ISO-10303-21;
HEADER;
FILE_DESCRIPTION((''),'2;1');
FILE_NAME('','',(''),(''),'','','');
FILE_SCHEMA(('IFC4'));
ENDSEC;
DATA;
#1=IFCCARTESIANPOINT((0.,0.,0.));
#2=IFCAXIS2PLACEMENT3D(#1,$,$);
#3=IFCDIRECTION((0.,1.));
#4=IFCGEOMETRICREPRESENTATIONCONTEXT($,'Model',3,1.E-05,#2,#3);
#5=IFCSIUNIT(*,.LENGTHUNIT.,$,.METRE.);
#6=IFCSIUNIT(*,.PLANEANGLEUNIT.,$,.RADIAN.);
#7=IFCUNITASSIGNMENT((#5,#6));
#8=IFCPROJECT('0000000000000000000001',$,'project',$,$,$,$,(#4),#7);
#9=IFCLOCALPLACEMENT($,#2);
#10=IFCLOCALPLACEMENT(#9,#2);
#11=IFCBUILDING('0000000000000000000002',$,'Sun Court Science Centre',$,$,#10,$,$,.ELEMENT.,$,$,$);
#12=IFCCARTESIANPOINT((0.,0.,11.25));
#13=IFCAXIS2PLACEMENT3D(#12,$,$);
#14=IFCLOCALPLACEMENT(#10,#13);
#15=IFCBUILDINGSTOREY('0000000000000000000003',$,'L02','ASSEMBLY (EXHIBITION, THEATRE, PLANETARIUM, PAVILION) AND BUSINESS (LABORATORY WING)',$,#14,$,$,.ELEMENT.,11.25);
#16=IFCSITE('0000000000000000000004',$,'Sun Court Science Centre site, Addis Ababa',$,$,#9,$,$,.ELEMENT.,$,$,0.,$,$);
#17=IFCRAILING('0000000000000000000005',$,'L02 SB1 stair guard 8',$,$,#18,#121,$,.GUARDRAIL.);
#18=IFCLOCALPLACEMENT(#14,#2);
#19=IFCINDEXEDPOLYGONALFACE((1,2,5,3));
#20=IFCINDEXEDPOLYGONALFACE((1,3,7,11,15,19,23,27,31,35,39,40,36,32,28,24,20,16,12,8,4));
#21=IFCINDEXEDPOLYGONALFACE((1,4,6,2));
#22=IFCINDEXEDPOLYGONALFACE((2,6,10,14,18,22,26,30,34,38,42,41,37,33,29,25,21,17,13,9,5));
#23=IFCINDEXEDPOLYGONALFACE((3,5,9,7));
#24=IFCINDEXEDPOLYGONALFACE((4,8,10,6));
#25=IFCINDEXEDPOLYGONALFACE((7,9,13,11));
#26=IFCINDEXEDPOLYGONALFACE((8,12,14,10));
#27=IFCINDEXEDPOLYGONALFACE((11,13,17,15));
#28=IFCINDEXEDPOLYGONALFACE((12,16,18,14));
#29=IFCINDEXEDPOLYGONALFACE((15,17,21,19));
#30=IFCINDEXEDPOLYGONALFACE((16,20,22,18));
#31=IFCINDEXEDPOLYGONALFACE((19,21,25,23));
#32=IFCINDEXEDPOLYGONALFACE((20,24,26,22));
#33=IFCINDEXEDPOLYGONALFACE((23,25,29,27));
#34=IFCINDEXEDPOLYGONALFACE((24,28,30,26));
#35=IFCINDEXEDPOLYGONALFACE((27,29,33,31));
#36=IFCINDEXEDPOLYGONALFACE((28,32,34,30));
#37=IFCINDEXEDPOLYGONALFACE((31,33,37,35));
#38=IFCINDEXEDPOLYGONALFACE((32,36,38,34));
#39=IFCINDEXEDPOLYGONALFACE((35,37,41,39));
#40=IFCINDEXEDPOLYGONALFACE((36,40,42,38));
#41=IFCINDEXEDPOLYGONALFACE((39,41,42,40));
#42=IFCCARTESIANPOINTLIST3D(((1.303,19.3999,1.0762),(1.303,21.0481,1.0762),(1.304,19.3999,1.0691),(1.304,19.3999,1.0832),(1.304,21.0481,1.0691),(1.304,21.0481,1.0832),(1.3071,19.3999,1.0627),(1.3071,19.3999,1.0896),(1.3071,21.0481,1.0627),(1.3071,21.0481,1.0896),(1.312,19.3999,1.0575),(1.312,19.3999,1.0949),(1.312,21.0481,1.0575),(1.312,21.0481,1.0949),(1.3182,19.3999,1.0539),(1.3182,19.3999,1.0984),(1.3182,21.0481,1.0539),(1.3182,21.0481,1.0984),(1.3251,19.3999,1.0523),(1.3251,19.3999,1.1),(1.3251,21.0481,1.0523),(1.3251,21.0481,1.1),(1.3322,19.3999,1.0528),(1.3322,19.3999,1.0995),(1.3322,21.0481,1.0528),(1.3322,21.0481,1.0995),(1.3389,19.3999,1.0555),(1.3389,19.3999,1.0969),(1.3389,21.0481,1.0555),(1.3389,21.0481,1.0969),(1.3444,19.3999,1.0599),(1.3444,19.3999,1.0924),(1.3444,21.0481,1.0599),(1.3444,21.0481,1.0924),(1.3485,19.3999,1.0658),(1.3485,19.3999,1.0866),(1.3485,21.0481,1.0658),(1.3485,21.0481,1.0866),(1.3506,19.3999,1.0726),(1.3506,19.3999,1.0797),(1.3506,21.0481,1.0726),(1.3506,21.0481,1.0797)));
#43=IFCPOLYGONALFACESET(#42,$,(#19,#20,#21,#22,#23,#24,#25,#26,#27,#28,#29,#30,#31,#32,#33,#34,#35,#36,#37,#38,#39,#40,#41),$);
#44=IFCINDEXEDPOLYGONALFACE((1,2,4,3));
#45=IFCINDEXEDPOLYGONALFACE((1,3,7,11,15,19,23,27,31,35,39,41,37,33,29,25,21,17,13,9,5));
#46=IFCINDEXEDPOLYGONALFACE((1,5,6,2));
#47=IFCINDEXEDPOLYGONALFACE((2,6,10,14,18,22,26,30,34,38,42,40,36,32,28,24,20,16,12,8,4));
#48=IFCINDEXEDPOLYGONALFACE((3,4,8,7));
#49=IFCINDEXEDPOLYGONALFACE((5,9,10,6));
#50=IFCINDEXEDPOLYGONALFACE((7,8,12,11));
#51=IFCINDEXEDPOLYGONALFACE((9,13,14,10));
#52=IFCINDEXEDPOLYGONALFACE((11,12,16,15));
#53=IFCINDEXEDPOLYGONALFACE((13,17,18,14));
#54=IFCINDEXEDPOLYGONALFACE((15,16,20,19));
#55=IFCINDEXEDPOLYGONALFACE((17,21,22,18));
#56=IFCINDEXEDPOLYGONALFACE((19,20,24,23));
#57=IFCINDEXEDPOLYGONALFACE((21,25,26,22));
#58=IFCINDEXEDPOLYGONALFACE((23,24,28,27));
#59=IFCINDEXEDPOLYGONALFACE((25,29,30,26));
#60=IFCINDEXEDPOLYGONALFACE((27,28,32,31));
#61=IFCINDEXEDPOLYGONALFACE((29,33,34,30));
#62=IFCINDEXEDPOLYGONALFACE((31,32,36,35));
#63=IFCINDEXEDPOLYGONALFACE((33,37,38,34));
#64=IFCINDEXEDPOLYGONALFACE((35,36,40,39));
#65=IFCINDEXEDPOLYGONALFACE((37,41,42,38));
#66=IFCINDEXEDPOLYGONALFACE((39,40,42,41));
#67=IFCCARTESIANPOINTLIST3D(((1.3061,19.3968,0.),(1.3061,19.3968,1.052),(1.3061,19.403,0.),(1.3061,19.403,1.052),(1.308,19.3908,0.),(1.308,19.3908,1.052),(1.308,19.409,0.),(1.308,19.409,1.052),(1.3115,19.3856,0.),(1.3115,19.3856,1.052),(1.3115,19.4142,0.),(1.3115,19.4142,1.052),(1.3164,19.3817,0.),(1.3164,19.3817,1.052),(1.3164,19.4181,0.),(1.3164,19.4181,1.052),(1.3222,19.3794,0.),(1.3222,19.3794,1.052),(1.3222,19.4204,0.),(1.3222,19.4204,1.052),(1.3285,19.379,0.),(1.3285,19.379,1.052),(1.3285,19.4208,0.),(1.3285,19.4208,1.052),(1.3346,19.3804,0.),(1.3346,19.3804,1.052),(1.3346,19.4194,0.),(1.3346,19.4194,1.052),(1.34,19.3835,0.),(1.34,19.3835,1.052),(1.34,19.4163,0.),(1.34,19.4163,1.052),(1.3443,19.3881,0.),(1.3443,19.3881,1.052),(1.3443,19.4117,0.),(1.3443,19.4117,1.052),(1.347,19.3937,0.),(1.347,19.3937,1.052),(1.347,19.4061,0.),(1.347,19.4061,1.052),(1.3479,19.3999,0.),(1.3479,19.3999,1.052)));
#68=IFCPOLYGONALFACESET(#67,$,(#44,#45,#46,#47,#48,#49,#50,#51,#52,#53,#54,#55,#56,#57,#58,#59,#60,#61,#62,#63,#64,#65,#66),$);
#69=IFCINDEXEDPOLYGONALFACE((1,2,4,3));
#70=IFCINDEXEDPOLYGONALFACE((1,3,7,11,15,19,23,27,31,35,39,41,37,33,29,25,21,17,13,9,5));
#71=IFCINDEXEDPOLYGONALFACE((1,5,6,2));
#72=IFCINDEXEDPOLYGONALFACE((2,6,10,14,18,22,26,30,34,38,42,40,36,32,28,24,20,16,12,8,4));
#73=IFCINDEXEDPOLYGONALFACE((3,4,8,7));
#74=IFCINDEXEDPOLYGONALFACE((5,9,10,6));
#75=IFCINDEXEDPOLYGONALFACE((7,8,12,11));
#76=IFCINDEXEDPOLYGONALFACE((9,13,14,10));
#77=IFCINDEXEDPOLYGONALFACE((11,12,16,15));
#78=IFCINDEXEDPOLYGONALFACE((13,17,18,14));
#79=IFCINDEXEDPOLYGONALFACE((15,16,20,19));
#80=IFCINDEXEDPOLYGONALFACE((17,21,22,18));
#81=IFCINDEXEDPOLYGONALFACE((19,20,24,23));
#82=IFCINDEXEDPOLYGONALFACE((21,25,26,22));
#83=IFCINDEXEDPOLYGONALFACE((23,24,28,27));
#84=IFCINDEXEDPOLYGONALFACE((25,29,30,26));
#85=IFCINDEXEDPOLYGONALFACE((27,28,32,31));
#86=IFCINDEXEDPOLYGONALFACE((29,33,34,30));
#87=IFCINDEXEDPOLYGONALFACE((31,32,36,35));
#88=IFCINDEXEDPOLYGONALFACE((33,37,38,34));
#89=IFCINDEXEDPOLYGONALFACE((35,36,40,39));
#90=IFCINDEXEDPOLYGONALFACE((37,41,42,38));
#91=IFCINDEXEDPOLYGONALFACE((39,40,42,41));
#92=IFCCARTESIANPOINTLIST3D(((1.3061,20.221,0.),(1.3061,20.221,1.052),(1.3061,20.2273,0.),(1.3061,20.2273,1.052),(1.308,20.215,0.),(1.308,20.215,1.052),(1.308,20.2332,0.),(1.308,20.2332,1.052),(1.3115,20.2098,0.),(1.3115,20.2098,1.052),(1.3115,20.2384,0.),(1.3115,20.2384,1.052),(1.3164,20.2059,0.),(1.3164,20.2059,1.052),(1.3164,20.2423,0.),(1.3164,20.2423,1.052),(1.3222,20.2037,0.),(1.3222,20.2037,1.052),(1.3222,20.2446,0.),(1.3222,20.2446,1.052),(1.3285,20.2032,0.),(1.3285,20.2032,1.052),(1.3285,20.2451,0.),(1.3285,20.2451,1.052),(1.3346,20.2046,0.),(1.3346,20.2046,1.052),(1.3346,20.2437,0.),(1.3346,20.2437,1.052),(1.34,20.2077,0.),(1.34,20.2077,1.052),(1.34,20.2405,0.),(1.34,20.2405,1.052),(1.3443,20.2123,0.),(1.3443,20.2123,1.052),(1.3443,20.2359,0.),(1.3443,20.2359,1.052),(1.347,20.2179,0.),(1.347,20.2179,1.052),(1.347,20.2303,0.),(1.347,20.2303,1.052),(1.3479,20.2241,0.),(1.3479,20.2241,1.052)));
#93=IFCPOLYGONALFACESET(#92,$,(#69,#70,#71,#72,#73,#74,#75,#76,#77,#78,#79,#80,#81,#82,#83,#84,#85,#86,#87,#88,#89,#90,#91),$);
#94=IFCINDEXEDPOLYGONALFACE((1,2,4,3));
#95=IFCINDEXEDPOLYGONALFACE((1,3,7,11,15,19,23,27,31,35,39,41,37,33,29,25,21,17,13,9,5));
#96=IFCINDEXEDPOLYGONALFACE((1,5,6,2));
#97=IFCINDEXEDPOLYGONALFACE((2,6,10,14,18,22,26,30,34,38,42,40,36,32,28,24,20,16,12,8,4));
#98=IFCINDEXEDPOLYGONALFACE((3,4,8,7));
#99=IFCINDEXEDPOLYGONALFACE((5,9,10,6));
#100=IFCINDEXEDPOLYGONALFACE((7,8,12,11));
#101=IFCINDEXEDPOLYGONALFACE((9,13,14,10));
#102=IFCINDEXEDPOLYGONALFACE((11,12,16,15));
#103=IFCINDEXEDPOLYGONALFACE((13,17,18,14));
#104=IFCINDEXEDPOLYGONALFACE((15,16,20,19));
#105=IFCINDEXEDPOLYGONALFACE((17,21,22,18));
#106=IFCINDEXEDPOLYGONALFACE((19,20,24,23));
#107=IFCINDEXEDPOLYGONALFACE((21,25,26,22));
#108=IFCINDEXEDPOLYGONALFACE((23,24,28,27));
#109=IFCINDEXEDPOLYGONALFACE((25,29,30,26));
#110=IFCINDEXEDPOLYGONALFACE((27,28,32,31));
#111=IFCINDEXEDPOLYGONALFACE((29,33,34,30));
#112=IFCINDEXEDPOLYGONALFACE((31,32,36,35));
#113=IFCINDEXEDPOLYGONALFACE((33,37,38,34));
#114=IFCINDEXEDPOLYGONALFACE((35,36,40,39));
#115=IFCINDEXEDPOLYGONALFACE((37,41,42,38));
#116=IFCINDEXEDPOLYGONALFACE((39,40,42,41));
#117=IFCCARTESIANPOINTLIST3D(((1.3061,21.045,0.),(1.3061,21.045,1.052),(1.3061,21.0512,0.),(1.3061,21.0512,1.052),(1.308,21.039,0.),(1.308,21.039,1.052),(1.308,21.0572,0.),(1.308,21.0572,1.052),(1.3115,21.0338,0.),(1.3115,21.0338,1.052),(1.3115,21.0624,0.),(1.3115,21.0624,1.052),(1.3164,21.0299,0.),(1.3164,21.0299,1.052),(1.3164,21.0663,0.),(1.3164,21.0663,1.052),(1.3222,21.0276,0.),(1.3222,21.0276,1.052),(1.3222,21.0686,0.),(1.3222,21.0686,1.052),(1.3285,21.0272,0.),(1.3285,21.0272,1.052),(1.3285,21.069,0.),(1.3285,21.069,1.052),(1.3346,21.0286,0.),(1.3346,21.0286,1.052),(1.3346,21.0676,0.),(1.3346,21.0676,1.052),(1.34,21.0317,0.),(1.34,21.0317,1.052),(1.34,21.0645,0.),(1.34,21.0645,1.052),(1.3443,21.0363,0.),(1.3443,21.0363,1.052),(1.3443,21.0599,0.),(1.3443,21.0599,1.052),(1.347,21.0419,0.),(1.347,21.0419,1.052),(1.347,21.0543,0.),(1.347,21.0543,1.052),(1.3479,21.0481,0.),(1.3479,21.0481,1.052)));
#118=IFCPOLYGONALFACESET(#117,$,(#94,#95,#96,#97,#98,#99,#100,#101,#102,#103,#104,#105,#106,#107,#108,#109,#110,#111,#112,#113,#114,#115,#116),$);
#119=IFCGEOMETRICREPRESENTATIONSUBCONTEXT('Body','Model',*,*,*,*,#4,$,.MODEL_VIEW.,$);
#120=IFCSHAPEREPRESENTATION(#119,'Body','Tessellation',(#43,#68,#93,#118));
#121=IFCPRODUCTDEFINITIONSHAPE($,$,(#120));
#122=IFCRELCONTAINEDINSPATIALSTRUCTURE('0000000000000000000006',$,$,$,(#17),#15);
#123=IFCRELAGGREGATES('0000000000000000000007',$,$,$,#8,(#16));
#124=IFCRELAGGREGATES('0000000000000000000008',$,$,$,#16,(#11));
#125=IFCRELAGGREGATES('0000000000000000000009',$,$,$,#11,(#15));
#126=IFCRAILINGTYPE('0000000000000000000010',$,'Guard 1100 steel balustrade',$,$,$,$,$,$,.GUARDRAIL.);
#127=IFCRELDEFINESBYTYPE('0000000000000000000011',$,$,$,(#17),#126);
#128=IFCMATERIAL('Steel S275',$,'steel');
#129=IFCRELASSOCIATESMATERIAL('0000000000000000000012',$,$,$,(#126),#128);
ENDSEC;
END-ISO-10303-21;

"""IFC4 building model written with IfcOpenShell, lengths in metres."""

from ifc_helpers import new_model, si_unit, direction, frame, origin, origin_2d, place, context, subcontext, project, spatial, circle, extrude, material, type_object, element, save


model = new_model("IFC4")

# Units and contexts
model_context = context("Model", 3, precision=1e-05, world=origin(), true_north=direction((0.0, 1.0)))
body_context = subcontext(model_context, "Body", "Model", "MODEL_VIEW")
ifc_project = project(units=[si_unit("LENGTHUNIT", "METRE"), si_unit("PLANEANGLEUNIT", "RADIAN")], contexts=[model_context])

# Site, building, storey
site_placement = place(None, origin())
site = spatial("IfcSite", under=ifc_project, at=site_placement, Name="Sun Court Science Centre site, Addis Ababa", CompositionType="ELEMENT", RefElevation=0.0)
building_placement = place(site_placement, origin())
building = spatial("IfcBuilding", under=site, at=building_placement, Name="Sun Court Science Centre", CompositionType="ELEMENT")
storey_placement = place(building_placement, frame((0.0, 0.0, 11.25)))
storey = spatial("IfcBuildingStorey", under=building, at=storey_placement, Name="L02", Description="ASSEMBLY (EXHIBITION, THEATRE, PLANETARIUM, PAVILION) AND BUSINESS (LABORATORY WING)", CompositionType="ELEMENT", Elevation=11.25)

# Railing
ifc_material_1 = material(Name="Steel S275", Category="steel")
railing_type_1 = type_object("IfcRailingType", Name="Guard 1100 steel balustrade", PredefinedType="GUARDRAIL", material=ifc_material_1)
for number, where, name in (
    (1, (1.3269, 19.3999, 0.0), "L02 SB1 stair guard 8"),
):
    element("IfcRailing", number, at=place(storey_placement, frame(where)), inside=storey, type_object=railing_type_1, Name=name, PredefinedType="GUARDRAIL", context=body_context, shape_type="SweptSolid", body=[
        extrude(circle(Radius=0.0239, at=origin_2d()), frame((0.0, 0.0, 1.0762), z_axis=(0.0, 1.0, 0.0), x_axis=(-1.0, 0.0, 0.0)), (0.0, 0.0, 1.0), 1.6482),
        extrude(circle(Radius=0.021, at=origin_2d()), origin(), (0.0, 0.0, 1.0), 1.052),
        extrude(circle(Radius=0.021, at=origin_2d()), frame((0.0, 0.8242, 0.0)), (0.0, 0.0, 1.0), 1.052),
        extrude(circle(Radius=0.021, at=origin_2d()), frame((0.0, 1.6482, 0.0)), (0.0, 0.0, 1.0), 1.052),
    ])

save(model, "model.ifc")
